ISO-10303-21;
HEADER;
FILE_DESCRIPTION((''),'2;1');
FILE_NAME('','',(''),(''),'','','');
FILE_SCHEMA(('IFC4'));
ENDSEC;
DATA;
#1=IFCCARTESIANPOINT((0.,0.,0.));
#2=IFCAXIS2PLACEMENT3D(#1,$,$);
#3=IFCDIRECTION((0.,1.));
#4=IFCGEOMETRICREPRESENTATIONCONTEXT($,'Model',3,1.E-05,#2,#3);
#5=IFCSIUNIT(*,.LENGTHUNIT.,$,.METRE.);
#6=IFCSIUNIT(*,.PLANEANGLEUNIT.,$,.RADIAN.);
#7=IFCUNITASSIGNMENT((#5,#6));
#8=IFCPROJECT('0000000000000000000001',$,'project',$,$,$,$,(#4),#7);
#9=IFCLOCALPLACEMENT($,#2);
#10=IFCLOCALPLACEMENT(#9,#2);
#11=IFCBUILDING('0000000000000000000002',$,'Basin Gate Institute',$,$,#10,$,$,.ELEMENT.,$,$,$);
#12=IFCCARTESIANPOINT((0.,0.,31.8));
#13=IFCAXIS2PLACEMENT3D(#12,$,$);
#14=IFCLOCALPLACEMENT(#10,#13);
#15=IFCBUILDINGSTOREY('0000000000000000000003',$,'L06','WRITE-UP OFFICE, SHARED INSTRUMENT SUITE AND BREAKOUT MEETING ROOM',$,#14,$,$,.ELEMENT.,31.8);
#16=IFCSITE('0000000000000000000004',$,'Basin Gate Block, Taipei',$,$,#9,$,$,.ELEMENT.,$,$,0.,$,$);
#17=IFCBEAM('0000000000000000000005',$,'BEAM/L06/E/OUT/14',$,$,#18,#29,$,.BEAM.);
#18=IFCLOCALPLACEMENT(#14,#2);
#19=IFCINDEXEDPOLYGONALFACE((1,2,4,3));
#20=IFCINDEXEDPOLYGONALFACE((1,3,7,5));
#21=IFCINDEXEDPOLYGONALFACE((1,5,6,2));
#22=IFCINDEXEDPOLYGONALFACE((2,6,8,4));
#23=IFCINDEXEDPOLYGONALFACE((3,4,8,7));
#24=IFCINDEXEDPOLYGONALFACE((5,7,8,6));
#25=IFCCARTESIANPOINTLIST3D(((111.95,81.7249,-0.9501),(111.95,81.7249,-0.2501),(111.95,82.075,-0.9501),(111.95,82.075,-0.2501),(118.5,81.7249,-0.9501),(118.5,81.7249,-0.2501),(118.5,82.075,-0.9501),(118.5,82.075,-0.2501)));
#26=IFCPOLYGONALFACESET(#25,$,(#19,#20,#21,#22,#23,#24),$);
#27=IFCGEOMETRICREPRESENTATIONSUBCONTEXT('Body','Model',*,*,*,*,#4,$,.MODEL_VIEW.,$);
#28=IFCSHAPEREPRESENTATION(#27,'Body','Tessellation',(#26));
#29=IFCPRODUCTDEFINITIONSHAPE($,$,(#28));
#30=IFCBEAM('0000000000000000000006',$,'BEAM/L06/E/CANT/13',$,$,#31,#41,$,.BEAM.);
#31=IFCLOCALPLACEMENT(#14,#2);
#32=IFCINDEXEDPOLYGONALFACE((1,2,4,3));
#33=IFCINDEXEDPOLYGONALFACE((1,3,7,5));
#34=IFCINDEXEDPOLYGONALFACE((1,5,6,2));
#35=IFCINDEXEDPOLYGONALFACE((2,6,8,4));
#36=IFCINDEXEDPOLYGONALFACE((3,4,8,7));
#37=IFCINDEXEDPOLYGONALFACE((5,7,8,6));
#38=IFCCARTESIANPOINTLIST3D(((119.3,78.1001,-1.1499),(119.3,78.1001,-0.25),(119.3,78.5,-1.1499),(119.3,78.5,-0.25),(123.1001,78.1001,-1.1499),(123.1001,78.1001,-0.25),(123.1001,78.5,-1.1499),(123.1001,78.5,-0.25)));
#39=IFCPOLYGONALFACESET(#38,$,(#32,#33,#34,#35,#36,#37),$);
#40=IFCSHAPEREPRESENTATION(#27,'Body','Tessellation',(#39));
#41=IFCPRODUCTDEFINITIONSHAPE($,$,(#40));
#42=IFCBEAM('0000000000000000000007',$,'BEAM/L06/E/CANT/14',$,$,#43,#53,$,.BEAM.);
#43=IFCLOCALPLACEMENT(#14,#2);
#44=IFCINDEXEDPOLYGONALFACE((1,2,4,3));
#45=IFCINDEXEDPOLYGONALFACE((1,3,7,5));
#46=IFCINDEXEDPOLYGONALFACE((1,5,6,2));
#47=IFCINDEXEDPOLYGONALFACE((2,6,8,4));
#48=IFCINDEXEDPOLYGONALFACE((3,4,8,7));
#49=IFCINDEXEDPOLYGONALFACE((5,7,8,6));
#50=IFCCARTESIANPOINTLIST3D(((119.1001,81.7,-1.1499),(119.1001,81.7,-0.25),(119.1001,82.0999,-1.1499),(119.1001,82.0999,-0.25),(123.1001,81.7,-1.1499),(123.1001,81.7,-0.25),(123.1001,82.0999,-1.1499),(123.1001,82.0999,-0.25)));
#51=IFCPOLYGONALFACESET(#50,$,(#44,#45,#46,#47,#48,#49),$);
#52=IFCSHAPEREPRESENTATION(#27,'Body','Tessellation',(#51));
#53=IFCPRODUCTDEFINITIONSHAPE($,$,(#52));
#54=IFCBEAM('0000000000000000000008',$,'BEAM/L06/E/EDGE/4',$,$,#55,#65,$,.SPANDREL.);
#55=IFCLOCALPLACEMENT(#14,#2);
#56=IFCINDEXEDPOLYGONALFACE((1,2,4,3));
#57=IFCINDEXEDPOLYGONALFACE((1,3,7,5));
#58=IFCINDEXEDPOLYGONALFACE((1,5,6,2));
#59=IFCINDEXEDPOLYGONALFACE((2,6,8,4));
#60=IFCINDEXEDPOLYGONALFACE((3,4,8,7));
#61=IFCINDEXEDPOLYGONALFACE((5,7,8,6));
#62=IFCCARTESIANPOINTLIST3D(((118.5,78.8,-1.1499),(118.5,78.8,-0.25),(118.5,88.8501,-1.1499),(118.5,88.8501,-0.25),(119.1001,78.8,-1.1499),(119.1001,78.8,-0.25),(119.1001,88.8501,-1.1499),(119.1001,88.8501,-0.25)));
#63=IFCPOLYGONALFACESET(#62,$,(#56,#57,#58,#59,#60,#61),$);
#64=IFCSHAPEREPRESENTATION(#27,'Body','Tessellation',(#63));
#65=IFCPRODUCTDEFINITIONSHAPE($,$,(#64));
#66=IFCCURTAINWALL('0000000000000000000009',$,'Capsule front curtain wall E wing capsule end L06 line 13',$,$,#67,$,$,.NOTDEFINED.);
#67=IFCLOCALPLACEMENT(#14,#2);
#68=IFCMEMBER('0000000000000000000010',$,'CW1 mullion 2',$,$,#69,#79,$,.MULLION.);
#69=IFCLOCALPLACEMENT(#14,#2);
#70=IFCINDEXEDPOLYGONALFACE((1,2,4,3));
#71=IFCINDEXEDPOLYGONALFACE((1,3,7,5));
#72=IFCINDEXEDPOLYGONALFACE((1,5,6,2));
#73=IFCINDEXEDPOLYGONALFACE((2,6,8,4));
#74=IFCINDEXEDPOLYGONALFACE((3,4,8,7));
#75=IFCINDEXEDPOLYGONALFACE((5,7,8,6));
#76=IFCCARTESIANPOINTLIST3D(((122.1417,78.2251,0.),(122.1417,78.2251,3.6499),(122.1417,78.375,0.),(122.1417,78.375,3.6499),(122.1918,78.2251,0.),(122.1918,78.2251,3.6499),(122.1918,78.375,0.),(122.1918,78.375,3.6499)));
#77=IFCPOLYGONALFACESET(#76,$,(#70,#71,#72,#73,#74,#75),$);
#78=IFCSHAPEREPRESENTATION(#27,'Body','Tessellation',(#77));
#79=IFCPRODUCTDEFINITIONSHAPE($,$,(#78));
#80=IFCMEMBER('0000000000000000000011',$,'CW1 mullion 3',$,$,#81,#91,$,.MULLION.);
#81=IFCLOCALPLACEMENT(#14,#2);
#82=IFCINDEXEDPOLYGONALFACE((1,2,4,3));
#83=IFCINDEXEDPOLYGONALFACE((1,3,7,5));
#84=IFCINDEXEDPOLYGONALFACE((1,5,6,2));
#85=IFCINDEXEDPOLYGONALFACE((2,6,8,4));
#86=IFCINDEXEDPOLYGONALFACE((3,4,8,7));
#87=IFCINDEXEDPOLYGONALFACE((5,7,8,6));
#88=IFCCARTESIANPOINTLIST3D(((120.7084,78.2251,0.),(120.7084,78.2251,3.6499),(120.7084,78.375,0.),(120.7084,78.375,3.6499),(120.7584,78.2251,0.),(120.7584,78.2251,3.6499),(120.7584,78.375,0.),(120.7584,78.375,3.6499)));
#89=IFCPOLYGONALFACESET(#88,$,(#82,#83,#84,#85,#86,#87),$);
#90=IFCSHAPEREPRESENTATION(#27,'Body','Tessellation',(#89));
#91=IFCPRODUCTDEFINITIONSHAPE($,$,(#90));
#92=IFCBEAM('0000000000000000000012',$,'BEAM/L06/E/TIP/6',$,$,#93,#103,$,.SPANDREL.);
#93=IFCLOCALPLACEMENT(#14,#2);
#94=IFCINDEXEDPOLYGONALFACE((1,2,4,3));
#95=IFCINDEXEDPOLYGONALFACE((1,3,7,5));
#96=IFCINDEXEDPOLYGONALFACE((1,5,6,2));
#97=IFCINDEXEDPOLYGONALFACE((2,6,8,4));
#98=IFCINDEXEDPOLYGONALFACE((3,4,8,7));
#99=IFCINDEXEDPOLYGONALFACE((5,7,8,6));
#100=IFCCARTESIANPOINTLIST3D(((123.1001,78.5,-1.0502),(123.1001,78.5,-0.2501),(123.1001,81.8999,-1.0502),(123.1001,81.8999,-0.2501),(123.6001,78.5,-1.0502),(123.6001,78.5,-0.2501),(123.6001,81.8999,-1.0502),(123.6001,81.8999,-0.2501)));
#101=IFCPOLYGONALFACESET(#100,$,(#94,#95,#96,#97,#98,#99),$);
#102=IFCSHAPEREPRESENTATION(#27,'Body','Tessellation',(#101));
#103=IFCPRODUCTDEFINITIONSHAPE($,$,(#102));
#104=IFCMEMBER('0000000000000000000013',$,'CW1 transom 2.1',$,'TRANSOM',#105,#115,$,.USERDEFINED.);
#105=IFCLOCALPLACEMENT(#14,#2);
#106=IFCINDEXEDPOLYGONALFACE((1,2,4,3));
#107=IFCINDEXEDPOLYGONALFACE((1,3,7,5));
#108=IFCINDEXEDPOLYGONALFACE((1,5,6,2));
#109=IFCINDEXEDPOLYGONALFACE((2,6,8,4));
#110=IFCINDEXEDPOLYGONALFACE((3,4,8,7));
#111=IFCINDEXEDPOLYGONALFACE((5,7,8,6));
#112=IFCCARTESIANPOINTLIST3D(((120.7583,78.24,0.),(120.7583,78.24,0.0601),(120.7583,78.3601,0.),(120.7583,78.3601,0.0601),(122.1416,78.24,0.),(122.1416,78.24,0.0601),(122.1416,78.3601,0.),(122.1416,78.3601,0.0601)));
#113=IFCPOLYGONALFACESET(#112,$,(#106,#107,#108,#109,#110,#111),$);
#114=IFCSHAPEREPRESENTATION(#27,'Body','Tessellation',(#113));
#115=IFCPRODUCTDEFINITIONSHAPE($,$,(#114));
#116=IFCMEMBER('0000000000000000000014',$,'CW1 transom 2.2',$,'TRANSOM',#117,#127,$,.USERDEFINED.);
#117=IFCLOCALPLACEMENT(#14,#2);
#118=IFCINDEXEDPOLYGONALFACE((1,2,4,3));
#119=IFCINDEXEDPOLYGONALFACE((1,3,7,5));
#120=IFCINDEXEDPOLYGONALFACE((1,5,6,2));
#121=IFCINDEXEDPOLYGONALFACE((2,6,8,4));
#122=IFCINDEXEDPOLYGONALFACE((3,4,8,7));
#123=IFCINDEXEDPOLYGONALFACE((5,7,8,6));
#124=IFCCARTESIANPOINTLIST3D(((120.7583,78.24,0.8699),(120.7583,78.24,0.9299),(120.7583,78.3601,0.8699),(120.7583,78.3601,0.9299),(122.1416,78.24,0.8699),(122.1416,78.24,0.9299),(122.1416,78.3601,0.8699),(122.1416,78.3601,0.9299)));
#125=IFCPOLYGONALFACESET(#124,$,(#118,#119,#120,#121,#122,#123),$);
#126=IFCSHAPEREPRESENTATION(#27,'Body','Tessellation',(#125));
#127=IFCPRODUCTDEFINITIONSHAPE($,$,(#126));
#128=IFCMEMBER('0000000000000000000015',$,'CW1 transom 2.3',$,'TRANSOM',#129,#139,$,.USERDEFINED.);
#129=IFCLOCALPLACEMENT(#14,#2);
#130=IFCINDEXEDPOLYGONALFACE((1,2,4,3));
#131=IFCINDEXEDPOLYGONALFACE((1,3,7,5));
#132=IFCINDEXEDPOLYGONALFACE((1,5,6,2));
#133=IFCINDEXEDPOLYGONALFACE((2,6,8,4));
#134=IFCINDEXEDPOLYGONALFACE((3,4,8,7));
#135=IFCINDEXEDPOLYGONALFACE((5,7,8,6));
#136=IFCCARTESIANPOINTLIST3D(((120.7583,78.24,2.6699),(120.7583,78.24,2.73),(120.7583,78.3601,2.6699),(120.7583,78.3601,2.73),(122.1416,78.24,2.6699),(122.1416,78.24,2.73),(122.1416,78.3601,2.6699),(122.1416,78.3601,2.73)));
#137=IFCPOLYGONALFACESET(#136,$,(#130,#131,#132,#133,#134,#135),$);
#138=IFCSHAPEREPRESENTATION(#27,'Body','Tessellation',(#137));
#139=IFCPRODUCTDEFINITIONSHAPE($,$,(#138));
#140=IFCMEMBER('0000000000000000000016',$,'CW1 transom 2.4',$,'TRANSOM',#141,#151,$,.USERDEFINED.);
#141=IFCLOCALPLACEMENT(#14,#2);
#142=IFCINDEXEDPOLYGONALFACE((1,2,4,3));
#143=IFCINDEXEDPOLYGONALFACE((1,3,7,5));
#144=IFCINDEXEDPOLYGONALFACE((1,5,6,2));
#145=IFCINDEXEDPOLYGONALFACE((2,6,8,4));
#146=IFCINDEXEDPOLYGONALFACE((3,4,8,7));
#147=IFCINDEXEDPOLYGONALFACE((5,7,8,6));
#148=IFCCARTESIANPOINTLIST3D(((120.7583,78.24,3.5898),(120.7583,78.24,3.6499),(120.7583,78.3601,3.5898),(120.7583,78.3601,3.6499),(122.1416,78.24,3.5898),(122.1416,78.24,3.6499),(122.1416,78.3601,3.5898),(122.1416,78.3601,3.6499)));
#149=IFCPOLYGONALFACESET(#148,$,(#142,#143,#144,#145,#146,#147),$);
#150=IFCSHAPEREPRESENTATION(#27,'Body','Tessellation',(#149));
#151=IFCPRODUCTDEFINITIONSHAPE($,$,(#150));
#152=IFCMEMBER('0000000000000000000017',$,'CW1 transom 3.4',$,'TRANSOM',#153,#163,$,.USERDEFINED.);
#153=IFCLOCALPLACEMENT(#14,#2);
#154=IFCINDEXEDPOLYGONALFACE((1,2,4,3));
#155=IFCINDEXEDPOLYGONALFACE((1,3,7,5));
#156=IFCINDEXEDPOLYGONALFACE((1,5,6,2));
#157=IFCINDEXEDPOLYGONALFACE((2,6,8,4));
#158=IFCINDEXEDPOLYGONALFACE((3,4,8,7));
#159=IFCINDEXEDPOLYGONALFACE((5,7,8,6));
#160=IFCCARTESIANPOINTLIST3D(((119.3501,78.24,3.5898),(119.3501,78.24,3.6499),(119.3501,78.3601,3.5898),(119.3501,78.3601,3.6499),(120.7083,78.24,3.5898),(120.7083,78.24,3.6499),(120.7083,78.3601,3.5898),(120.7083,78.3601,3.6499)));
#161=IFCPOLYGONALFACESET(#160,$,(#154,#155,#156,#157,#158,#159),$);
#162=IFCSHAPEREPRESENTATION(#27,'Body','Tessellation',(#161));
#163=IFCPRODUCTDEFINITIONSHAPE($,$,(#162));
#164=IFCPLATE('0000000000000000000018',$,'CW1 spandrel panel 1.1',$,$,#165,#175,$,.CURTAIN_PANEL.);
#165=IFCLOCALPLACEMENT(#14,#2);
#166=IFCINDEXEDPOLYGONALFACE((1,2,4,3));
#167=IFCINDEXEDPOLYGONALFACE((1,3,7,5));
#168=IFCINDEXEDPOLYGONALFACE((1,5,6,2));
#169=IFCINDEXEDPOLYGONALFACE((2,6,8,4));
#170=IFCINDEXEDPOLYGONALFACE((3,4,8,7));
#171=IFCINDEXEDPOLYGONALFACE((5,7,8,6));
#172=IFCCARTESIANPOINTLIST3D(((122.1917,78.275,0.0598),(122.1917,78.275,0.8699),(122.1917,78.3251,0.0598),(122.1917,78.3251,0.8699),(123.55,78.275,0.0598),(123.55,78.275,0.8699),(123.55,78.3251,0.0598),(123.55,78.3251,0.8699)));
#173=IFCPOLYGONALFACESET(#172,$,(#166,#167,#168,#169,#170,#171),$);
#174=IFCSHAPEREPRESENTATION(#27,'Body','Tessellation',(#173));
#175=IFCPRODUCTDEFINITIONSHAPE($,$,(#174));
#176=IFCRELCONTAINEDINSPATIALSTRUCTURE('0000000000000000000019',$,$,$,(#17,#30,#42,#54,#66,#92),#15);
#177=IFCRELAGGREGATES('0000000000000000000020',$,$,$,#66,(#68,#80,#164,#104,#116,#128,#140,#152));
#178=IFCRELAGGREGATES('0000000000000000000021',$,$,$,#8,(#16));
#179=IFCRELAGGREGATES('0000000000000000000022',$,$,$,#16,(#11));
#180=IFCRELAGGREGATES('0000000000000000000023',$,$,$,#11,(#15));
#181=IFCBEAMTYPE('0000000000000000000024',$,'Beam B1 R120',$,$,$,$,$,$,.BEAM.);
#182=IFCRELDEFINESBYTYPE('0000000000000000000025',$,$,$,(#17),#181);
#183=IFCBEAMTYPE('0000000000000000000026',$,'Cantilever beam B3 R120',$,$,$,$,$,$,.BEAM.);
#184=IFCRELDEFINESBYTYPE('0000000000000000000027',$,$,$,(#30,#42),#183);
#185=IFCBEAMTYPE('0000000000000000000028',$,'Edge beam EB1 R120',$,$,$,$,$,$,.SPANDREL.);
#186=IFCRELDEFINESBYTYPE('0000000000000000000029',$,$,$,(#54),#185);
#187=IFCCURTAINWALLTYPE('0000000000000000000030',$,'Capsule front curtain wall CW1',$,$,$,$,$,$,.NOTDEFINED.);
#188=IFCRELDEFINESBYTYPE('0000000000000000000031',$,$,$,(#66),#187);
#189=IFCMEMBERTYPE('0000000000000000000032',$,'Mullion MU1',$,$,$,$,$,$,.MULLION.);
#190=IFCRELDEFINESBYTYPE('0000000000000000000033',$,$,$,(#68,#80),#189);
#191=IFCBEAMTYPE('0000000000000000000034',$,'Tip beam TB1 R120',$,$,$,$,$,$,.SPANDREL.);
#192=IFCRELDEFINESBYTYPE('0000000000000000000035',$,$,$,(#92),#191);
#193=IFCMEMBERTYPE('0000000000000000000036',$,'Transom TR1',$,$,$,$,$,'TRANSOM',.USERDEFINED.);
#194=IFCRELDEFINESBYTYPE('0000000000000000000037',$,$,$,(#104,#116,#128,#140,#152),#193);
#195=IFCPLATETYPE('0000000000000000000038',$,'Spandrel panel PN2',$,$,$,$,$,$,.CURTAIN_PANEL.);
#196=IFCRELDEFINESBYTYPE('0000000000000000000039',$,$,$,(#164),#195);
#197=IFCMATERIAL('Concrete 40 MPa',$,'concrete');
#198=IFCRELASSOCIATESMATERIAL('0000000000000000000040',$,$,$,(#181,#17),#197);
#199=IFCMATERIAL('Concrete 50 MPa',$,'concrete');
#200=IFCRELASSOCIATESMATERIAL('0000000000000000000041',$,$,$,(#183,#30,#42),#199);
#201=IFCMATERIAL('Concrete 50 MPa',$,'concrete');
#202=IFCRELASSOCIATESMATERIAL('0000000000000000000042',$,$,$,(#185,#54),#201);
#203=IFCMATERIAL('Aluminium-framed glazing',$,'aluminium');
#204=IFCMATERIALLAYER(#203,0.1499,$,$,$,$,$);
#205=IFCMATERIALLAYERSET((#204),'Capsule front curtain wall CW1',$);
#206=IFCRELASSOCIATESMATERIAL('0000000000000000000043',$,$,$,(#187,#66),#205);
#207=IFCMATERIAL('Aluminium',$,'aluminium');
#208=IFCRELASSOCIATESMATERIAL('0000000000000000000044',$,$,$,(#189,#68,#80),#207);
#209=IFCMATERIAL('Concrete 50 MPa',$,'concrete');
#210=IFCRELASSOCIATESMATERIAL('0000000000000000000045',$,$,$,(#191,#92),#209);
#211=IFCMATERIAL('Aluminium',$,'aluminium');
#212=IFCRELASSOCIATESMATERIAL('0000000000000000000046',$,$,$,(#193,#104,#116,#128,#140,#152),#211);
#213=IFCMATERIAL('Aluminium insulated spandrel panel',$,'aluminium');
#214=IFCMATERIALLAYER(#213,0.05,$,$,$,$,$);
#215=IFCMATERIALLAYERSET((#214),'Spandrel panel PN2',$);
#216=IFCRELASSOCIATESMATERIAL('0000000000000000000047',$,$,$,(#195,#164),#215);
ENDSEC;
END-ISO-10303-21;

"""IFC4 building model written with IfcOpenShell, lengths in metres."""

from ifc_helpers import new_model, si_unit, direction, frame, origin, origin_2d, place, context, subcontext, project, spatial, rectangle, extrude, material, layer, layer_set, material_profile, profile_set, type_object, element, aggregate, save


model = new_model("IFC4")

# Units and contexts
model_context = context("Model", 3, precision=1e-05, world=origin(), true_north=direction((0.0, 1.0)))
body_context = subcontext(model_context, "Body", "Model", "MODEL_VIEW")
ifc_project = project(units=[si_unit("LENGTHUNIT", "METRE"), si_unit("PLANEANGLEUNIT", "RADIAN")], contexts=[model_context])

# Site, building, storey
site_placement = place(None, origin())
site = spatial("IfcSite", under=ifc_project, at=site_placement, Name="Basin Gate Block, Taipei", CompositionType="ELEMENT", RefElevation=0.0)
building_placement = place(site_placement, origin())
building = spatial("IfcBuilding", under=site, at=building_placement, Name="Basin Gate Institute", CompositionType="ELEMENT")
storey_placement = place(building_placement, frame((0.0, 0.0, 31.8)))
storey = spatial("IfcBuildingStorey", under=building, at=storey_placement, Name="L06", Description="WRITE-UP OFFICE, SHARED INSTRUMENT SUITE AND BREAKOUT MEETING ROOM", CompositionType="ELEMENT", Elevation=31.8)

# Beams
ifc_material_1 = material(Name="Concrete 40 MPa", Category="concrete")
ifc_material_profile_1 = material_profile(ifc_material_1, rectangle(XDim=0.3501, YDim=0.7, at=origin_2d()), Name="Beam B1 350 x 700")
ifc_profile_set_1 = profile_set([ifc_material_profile_1], Name="Concrete 40 MPa")
beam_type_1 = type_object("IfcBeamType", Name="Beam B1 R120", PredefinedType="BEAM", material=ifc_profile_set_1)
beam_1_placement = place(storey_placement, frame((118.5, 81.8999, -0.6001), z_axis=(-1.0, 0.0, 0.0), x_axis=(0.0, -1.0, 0.0)))
element("IfcBeam", 1, at=beam_1_placement, inside=storey, type_object=beam_type_1, material=ifc_profile_set_1, Name="BEAM/L06/E/OUT/14", PredefinedType="BEAM", context=body_context, shape_type="SweptSolid", body=[
    extrude(rectangle(XDim=0.3501, YDim=0.7, at=origin_2d()), origin(), (0.0, 0.0, 1.0), 6.55),
])
ifc_material_2 = material(Name="Concrete 50 MPa", Category="concrete")
ifc_material_profile_2 = material_profile(ifc_material_2, rectangle(XDim=0.3999, YDim=0.8999, at=origin_2d()), Name="Cantilever beam B3 400 x 900")
ifc_profile_set_2 = profile_set([ifc_material_profile_2], Name="Concrete 50 MPa")
beam_type_2 = type_object("IfcBeamType", Name="Cantilever beam B3 R120", PredefinedType="BEAM", material=ifc_profile_set_2)
beam_2_placement = place(storey_placement, frame((123.1001, 78.3, -0.7), z_axis=(-1.0, 0.0, 0.0), x_axis=(0.0, -1.0, 0.0)))
element("IfcBeam", 2, at=beam_2_placement, inside=storey, type_object=beam_type_2, material=ifc_profile_set_2, Name="BEAM/L06/E/CANT/13", PredefinedType="BEAM", context=body_context, shape_type="SweptSolid", body=[
    extrude(rectangle(XDim=0.3999, YDim=0.8999, at=origin_2d()), origin(), (0.0, 0.0, 1.0), 3.8),
])
beam_3_placement = place(storey_placement, frame((123.1001, 81.8999, -0.7), z_axis=(-1.0, 0.0, 0.0), x_axis=(0.0, -1.0, 0.0)))
element("IfcBeam", 3, at=beam_3_placement, inside=storey, type_object=beam_type_2, material=ifc_profile_set_2, Name="BEAM/L06/E/CANT/14", PredefinedType="BEAM", context=body_context, shape_type="SweptSolid", body=[
    extrude(rectangle(XDim=0.3999, YDim=0.8999, at=origin_2d()), origin(), (0.0, 0.0, 1.0), 4.0),
])
ifc_material_3 = material(Name="Concrete 50 MPa", Category="concrete")
ifc_material_profile_3 = material_profile(ifc_material_3, rectangle(XDim=0.6001, YDim=0.8999, at=origin_2d()), Name="Edge beam EB1 600 x 900")
ifc_profile_set_3 = profile_set([ifc_material_profile_3], Name="Concrete 50 MPa")
beam_type_3 = type_object("IfcBeamType", Name="Edge beam EB1 R120", PredefinedType="SPANDREL", material=ifc_profile_set_3)
beam_4_placement = place(storey_placement, frame((118.8, 78.8, -0.7), z_axis=(0.0, 1.0, 0.0), x_axis=(-1.0, 0.0, 0.0)))
element("IfcBeam", 4, at=beam_4_placement, inside=storey, type_object=beam_type_3, material=ifc_profile_set_3, Name="BEAM/L06/E/EDGE/4", PredefinedType="SPANDREL", context=body_context, shape_type="SweptSolid", body=[
    extrude(rectangle(XDim=0.6001, YDim=0.8999, at=origin_2d()), origin(), (0.0, 0.0, 1.0), 10.05),
])

# Curtain wall, members
ifc_material_4 = material(Name="Aluminium-framed glazing", Category="aluminium")
ifc_layer_1 = layer(ifc_material_4, 0.1499)
ifc_layer_set_1 = layer_set([ifc_layer_1], Name="Capsule front curtain wall CW1")
curtain_wall_type = type_object("IfcCurtainWallType", Name="Capsule front curtain wall CW1", PredefinedType="NOTDEFINED", material=ifc_layer_set_1)
curtain_wall_placement = place(storey_placement, origin())
curtain_wall = element("IfcCurtainWall", 5, at=curtain_wall_placement, inside=storey, type_object=curtain_wall_type, material=ifc_layer_set_1, Name="Capsule front curtain wall E wing capsule end L06 line 13", PredefinedType="NOTDEFINED")
ifc_material_5 = material(Name="Aluminium", Category="aluminium")
ifc_material_profile_4 = material_profile(ifc_material_5, rectangle(XDim=0.1499, YDim=0.05, at=origin_2d()), Name="Mullion MU1 150 x 50")
ifc_profile_set_4 = profile_set([ifc_material_profile_4], Name="Aluminium")
member_type_1 = type_object("IfcMemberType", Name="Mullion MU1", PredefinedType="MULLION", material=ifc_profile_set_4)
member_1_placement = place(storey_placement, frame((122.1667, 78.3, 0.0), z_axis=(0.0, 0.0, 1.0), x_axis=(0.0, -1.0, 0.0)))
member_1 = element("IfcMember", 6, at=member_1_placement, type_object=member_type_1, material=ifc_profile_set_4, Name="CW1 mullion 2", PredefinedType="MULLION", context=body_context, shape_type="SweptSolid", body=[
    extrude(rectangle(XDim=0.1499, YDim=0.05, at=origin_2d()), origin(), (0.0, 0.0, 1.0), 3.6499),
])
member_2_placement = place(storey_placement, frame((120.7334, 78.3, 0.0), z_axis=(0.0, 0.0, 1.0), x_axis=(0.0, -1.0, 0.0)))
member_2 = element("IfcMember", 7, at=member_2_placement, type_object=member_type_1, material=ifc_profile_set_4, Name="CW1 mullion 3", PredefinedType="MULLION", context=body_context, shape_type="SweptSolid", body=[
    extrude(rectangle(XDim=0.1499, YDim=0.05, at=origin_2d()), origin(), (0.0, 0.0, 1.0), 3.6499),
])

# Beam
ifc_material_6 = material(Name="Concrete 50 MPa", Category="concrete")
ifc_material_profile_5 = material_profile(ifc_material_6, rectangle(XDim=0.5, YDim=0.8, at=origin_2d()), Name="Tip beam TB1 500 x 800")
ifc_profile_set_5 = profile_set([ifc_material_profile_5], Name="Concrete 50 MPa")
beam_type_4 = type_object("IfcBeamType", Name="Tip beam TB1 R120", PredefinedType="SPANDREL", material=ifc_profile_set_5)
beam_5_placement = place(storey_placement, frame((123.3501, 78.5, -0.6501), z_axis=(0.0, 1.0, 0.0), x_axis=(-1.0, 0.0, 0.0)))
element("IfcBeam", 8, at=beam_5_placement, inside=storey, type_object=beam_type_4, material=ifc_profile_set_5, Name="BEAM/L06/E/TIP/6", PredefinedType="SPANDREL", context=body_context, shape_type="SweptSolid", body=[
    extrude(rectangle(XDim=0.5, YDim=0.8, at=origin_2d()), origin(), (0.0, 0.0, 1.0), 3.3999),
])

# Members
ifc_material_7 = material(Name="Aluminium", Category="aluminium")
ifc_material_profile_6 = material_profile(ifc_material_7, rectangle(XDim=0.1201, YDim=0.0601, at=origin_2d()), Name="Transom TR1 120 x 60")
ifc_profile_set_6 = profile_set([ifc_material_profile_6], Name="Aluminium")
member_type_2 = type_object("IfcMemberType", Name="Transom TR1", ElementType="TRANSOM", PredefinedType="USERDEFINED", material=ifc_profile_set_6)
member_3_placement = place(storey_placement, frame((122.1416, 78.3, 0.03), z_axis=(-1.0, 0.0, 0.0), x_axis=(0.0, -1.0, 0.0)))
member_3 = element("IfcMember", 9, at=member_3_placement, type_object=member_type_2, material=ifc_profile_set_6, Name="CW1 transom 2.1", ObjectType="TRANSOM", PredefinedType="USERDEFINED", context=body_context, shape_type="SweptSolid", body=[
    extrude(rectangle(XDim=0.1201, YDim=0.0601, at=origin_2d()), origin(), (0.0, 0.0, 1.0), 1.3833),
])
member_4_placement = place(storey_placement, frame((122.1416, 78.3, 0.8999), z_axis=(-1.0, 0.0, 0.0), x_axis=(0.0, -1.0, 0.0)))
member_4 = element("IfcMember", 10, at=member_4_placement, type_object=member_type_2, material=ifc_profile_set_6, Name="CW1 transom 2.2", ObjectType="TRANSOM", PredefinedType="USERDEFINED", context=body_context, shape_type="SweptSolid", body=[
    extrude(rectangle(XDim=0.1201, YDim=0.0601, at=origin_2d()), origin(), (0.0, 0.0, 1.0), 1.3833),
])
member_5_placement = place(storey_placement, frame((122.1416, 78.3, 2.7), z_axis=(-1.0, 0.0, 0.0), x_axis=(0.0, -1.0, 0.0)))
member_5 = element("IfcMember", 11, at=member_5_placement, type_object=member_type_2, material=ifc_profile_set_6, Name="CW1 transom 2.3", ObjectType="TRANSOM", PredefinedType="USERDEFINED", context=body_context, shape_type="SweptSolid", body=[
    extrude(rectangle(XDim=0.1201, YDim=0.0601, at=origin_2d()), origin(), (0.0, 0.0, 1.0), 1.3833),
])
member_6_placement = place(storey_placement, frame((122.1416, 78.3, 3.6199), z_axis=(-1.0, 0.0, 0.0), x_axis=(0.0, -1.0, 0.0)))
member_6 = element("IfcMember", 12, at=member_6_placement, type_object=member_type_2, material=ifc_profile_set_6, Name="CW1 transom 2.4", ObjectType="TRANSOM", PredefinedType="USERDEFINED", context=body_context, shape_type="SweptSolid", body=[
    extrude(rectangle(XDim=0.1201, YDim=0.0601, at=origin_2d()), origin(), (0.0, 0.0, 1.0), 1.3833),
])
member_7_placement = place(storey_placement, frame((120.7083, 78.3, 3.6199), z_axis=(-1.0, 0.0, 0.0), x_axis=(0.0, -1.0, 0.0)))
member_7 = element("IfcMember", 13, at=member_7_placement, type_object=member_type_2, material=ifc_profile_set_6, Name="CW1 transom 3.4", ObjectType="TRANSOM", PredefinedType="USERDEFINED", context=body_context, shape_type="SweptSolid", body=[
    extrude(rectangle(XDim=0.1201, YDim=0.0601, at=origin_2d()), origin(), (0.0, 0.0, 1.0), 1.3582),
])

# Plate
ifc_material_8 = material(Name="Aluminium insulated spandrel panel", Category="aluminium")
ifc_layer_2 = layer(ifc_material_8, 0.05)
ifc_layer_set_2 = layer_set([ifc_layer_2], Name="Spandrel panel PN2")
plate_type_1 = type_object("IfcPlateType", Name="Spandrel panel PN2", PredefinedType="CURTAIN_PANEL", material=ifc_layer_set_2)
plate_1_placement = place(storey_placement, frame((122.8708, 78.3, 0.0598), z_axis=(0.0, 0.0, 1.0), x_axis=(-1.0, 0.0, 0.0)))
plate_1 = element("IfcPlate", 14, at=plate_1_placement, type_object=plate_type_1, material=ifc_layer_set_2, Name="CW1 spandrel panel 1.1", PredefinedType="CURTAIN_PANEL", context=body_context, shape_type="SweptSolid", body=[
    extrude(rectangle(XDim=1.3584, YDim=0.05, at=origin_2d()), origin(), (0.0, 0.0, 1.0), 0.8101),
])
aggregate(curtain_wall, [member_1, member_2, plate_1, member_3, member_4, member_5, member_6, member_7])

save(model, "model.ifc")
